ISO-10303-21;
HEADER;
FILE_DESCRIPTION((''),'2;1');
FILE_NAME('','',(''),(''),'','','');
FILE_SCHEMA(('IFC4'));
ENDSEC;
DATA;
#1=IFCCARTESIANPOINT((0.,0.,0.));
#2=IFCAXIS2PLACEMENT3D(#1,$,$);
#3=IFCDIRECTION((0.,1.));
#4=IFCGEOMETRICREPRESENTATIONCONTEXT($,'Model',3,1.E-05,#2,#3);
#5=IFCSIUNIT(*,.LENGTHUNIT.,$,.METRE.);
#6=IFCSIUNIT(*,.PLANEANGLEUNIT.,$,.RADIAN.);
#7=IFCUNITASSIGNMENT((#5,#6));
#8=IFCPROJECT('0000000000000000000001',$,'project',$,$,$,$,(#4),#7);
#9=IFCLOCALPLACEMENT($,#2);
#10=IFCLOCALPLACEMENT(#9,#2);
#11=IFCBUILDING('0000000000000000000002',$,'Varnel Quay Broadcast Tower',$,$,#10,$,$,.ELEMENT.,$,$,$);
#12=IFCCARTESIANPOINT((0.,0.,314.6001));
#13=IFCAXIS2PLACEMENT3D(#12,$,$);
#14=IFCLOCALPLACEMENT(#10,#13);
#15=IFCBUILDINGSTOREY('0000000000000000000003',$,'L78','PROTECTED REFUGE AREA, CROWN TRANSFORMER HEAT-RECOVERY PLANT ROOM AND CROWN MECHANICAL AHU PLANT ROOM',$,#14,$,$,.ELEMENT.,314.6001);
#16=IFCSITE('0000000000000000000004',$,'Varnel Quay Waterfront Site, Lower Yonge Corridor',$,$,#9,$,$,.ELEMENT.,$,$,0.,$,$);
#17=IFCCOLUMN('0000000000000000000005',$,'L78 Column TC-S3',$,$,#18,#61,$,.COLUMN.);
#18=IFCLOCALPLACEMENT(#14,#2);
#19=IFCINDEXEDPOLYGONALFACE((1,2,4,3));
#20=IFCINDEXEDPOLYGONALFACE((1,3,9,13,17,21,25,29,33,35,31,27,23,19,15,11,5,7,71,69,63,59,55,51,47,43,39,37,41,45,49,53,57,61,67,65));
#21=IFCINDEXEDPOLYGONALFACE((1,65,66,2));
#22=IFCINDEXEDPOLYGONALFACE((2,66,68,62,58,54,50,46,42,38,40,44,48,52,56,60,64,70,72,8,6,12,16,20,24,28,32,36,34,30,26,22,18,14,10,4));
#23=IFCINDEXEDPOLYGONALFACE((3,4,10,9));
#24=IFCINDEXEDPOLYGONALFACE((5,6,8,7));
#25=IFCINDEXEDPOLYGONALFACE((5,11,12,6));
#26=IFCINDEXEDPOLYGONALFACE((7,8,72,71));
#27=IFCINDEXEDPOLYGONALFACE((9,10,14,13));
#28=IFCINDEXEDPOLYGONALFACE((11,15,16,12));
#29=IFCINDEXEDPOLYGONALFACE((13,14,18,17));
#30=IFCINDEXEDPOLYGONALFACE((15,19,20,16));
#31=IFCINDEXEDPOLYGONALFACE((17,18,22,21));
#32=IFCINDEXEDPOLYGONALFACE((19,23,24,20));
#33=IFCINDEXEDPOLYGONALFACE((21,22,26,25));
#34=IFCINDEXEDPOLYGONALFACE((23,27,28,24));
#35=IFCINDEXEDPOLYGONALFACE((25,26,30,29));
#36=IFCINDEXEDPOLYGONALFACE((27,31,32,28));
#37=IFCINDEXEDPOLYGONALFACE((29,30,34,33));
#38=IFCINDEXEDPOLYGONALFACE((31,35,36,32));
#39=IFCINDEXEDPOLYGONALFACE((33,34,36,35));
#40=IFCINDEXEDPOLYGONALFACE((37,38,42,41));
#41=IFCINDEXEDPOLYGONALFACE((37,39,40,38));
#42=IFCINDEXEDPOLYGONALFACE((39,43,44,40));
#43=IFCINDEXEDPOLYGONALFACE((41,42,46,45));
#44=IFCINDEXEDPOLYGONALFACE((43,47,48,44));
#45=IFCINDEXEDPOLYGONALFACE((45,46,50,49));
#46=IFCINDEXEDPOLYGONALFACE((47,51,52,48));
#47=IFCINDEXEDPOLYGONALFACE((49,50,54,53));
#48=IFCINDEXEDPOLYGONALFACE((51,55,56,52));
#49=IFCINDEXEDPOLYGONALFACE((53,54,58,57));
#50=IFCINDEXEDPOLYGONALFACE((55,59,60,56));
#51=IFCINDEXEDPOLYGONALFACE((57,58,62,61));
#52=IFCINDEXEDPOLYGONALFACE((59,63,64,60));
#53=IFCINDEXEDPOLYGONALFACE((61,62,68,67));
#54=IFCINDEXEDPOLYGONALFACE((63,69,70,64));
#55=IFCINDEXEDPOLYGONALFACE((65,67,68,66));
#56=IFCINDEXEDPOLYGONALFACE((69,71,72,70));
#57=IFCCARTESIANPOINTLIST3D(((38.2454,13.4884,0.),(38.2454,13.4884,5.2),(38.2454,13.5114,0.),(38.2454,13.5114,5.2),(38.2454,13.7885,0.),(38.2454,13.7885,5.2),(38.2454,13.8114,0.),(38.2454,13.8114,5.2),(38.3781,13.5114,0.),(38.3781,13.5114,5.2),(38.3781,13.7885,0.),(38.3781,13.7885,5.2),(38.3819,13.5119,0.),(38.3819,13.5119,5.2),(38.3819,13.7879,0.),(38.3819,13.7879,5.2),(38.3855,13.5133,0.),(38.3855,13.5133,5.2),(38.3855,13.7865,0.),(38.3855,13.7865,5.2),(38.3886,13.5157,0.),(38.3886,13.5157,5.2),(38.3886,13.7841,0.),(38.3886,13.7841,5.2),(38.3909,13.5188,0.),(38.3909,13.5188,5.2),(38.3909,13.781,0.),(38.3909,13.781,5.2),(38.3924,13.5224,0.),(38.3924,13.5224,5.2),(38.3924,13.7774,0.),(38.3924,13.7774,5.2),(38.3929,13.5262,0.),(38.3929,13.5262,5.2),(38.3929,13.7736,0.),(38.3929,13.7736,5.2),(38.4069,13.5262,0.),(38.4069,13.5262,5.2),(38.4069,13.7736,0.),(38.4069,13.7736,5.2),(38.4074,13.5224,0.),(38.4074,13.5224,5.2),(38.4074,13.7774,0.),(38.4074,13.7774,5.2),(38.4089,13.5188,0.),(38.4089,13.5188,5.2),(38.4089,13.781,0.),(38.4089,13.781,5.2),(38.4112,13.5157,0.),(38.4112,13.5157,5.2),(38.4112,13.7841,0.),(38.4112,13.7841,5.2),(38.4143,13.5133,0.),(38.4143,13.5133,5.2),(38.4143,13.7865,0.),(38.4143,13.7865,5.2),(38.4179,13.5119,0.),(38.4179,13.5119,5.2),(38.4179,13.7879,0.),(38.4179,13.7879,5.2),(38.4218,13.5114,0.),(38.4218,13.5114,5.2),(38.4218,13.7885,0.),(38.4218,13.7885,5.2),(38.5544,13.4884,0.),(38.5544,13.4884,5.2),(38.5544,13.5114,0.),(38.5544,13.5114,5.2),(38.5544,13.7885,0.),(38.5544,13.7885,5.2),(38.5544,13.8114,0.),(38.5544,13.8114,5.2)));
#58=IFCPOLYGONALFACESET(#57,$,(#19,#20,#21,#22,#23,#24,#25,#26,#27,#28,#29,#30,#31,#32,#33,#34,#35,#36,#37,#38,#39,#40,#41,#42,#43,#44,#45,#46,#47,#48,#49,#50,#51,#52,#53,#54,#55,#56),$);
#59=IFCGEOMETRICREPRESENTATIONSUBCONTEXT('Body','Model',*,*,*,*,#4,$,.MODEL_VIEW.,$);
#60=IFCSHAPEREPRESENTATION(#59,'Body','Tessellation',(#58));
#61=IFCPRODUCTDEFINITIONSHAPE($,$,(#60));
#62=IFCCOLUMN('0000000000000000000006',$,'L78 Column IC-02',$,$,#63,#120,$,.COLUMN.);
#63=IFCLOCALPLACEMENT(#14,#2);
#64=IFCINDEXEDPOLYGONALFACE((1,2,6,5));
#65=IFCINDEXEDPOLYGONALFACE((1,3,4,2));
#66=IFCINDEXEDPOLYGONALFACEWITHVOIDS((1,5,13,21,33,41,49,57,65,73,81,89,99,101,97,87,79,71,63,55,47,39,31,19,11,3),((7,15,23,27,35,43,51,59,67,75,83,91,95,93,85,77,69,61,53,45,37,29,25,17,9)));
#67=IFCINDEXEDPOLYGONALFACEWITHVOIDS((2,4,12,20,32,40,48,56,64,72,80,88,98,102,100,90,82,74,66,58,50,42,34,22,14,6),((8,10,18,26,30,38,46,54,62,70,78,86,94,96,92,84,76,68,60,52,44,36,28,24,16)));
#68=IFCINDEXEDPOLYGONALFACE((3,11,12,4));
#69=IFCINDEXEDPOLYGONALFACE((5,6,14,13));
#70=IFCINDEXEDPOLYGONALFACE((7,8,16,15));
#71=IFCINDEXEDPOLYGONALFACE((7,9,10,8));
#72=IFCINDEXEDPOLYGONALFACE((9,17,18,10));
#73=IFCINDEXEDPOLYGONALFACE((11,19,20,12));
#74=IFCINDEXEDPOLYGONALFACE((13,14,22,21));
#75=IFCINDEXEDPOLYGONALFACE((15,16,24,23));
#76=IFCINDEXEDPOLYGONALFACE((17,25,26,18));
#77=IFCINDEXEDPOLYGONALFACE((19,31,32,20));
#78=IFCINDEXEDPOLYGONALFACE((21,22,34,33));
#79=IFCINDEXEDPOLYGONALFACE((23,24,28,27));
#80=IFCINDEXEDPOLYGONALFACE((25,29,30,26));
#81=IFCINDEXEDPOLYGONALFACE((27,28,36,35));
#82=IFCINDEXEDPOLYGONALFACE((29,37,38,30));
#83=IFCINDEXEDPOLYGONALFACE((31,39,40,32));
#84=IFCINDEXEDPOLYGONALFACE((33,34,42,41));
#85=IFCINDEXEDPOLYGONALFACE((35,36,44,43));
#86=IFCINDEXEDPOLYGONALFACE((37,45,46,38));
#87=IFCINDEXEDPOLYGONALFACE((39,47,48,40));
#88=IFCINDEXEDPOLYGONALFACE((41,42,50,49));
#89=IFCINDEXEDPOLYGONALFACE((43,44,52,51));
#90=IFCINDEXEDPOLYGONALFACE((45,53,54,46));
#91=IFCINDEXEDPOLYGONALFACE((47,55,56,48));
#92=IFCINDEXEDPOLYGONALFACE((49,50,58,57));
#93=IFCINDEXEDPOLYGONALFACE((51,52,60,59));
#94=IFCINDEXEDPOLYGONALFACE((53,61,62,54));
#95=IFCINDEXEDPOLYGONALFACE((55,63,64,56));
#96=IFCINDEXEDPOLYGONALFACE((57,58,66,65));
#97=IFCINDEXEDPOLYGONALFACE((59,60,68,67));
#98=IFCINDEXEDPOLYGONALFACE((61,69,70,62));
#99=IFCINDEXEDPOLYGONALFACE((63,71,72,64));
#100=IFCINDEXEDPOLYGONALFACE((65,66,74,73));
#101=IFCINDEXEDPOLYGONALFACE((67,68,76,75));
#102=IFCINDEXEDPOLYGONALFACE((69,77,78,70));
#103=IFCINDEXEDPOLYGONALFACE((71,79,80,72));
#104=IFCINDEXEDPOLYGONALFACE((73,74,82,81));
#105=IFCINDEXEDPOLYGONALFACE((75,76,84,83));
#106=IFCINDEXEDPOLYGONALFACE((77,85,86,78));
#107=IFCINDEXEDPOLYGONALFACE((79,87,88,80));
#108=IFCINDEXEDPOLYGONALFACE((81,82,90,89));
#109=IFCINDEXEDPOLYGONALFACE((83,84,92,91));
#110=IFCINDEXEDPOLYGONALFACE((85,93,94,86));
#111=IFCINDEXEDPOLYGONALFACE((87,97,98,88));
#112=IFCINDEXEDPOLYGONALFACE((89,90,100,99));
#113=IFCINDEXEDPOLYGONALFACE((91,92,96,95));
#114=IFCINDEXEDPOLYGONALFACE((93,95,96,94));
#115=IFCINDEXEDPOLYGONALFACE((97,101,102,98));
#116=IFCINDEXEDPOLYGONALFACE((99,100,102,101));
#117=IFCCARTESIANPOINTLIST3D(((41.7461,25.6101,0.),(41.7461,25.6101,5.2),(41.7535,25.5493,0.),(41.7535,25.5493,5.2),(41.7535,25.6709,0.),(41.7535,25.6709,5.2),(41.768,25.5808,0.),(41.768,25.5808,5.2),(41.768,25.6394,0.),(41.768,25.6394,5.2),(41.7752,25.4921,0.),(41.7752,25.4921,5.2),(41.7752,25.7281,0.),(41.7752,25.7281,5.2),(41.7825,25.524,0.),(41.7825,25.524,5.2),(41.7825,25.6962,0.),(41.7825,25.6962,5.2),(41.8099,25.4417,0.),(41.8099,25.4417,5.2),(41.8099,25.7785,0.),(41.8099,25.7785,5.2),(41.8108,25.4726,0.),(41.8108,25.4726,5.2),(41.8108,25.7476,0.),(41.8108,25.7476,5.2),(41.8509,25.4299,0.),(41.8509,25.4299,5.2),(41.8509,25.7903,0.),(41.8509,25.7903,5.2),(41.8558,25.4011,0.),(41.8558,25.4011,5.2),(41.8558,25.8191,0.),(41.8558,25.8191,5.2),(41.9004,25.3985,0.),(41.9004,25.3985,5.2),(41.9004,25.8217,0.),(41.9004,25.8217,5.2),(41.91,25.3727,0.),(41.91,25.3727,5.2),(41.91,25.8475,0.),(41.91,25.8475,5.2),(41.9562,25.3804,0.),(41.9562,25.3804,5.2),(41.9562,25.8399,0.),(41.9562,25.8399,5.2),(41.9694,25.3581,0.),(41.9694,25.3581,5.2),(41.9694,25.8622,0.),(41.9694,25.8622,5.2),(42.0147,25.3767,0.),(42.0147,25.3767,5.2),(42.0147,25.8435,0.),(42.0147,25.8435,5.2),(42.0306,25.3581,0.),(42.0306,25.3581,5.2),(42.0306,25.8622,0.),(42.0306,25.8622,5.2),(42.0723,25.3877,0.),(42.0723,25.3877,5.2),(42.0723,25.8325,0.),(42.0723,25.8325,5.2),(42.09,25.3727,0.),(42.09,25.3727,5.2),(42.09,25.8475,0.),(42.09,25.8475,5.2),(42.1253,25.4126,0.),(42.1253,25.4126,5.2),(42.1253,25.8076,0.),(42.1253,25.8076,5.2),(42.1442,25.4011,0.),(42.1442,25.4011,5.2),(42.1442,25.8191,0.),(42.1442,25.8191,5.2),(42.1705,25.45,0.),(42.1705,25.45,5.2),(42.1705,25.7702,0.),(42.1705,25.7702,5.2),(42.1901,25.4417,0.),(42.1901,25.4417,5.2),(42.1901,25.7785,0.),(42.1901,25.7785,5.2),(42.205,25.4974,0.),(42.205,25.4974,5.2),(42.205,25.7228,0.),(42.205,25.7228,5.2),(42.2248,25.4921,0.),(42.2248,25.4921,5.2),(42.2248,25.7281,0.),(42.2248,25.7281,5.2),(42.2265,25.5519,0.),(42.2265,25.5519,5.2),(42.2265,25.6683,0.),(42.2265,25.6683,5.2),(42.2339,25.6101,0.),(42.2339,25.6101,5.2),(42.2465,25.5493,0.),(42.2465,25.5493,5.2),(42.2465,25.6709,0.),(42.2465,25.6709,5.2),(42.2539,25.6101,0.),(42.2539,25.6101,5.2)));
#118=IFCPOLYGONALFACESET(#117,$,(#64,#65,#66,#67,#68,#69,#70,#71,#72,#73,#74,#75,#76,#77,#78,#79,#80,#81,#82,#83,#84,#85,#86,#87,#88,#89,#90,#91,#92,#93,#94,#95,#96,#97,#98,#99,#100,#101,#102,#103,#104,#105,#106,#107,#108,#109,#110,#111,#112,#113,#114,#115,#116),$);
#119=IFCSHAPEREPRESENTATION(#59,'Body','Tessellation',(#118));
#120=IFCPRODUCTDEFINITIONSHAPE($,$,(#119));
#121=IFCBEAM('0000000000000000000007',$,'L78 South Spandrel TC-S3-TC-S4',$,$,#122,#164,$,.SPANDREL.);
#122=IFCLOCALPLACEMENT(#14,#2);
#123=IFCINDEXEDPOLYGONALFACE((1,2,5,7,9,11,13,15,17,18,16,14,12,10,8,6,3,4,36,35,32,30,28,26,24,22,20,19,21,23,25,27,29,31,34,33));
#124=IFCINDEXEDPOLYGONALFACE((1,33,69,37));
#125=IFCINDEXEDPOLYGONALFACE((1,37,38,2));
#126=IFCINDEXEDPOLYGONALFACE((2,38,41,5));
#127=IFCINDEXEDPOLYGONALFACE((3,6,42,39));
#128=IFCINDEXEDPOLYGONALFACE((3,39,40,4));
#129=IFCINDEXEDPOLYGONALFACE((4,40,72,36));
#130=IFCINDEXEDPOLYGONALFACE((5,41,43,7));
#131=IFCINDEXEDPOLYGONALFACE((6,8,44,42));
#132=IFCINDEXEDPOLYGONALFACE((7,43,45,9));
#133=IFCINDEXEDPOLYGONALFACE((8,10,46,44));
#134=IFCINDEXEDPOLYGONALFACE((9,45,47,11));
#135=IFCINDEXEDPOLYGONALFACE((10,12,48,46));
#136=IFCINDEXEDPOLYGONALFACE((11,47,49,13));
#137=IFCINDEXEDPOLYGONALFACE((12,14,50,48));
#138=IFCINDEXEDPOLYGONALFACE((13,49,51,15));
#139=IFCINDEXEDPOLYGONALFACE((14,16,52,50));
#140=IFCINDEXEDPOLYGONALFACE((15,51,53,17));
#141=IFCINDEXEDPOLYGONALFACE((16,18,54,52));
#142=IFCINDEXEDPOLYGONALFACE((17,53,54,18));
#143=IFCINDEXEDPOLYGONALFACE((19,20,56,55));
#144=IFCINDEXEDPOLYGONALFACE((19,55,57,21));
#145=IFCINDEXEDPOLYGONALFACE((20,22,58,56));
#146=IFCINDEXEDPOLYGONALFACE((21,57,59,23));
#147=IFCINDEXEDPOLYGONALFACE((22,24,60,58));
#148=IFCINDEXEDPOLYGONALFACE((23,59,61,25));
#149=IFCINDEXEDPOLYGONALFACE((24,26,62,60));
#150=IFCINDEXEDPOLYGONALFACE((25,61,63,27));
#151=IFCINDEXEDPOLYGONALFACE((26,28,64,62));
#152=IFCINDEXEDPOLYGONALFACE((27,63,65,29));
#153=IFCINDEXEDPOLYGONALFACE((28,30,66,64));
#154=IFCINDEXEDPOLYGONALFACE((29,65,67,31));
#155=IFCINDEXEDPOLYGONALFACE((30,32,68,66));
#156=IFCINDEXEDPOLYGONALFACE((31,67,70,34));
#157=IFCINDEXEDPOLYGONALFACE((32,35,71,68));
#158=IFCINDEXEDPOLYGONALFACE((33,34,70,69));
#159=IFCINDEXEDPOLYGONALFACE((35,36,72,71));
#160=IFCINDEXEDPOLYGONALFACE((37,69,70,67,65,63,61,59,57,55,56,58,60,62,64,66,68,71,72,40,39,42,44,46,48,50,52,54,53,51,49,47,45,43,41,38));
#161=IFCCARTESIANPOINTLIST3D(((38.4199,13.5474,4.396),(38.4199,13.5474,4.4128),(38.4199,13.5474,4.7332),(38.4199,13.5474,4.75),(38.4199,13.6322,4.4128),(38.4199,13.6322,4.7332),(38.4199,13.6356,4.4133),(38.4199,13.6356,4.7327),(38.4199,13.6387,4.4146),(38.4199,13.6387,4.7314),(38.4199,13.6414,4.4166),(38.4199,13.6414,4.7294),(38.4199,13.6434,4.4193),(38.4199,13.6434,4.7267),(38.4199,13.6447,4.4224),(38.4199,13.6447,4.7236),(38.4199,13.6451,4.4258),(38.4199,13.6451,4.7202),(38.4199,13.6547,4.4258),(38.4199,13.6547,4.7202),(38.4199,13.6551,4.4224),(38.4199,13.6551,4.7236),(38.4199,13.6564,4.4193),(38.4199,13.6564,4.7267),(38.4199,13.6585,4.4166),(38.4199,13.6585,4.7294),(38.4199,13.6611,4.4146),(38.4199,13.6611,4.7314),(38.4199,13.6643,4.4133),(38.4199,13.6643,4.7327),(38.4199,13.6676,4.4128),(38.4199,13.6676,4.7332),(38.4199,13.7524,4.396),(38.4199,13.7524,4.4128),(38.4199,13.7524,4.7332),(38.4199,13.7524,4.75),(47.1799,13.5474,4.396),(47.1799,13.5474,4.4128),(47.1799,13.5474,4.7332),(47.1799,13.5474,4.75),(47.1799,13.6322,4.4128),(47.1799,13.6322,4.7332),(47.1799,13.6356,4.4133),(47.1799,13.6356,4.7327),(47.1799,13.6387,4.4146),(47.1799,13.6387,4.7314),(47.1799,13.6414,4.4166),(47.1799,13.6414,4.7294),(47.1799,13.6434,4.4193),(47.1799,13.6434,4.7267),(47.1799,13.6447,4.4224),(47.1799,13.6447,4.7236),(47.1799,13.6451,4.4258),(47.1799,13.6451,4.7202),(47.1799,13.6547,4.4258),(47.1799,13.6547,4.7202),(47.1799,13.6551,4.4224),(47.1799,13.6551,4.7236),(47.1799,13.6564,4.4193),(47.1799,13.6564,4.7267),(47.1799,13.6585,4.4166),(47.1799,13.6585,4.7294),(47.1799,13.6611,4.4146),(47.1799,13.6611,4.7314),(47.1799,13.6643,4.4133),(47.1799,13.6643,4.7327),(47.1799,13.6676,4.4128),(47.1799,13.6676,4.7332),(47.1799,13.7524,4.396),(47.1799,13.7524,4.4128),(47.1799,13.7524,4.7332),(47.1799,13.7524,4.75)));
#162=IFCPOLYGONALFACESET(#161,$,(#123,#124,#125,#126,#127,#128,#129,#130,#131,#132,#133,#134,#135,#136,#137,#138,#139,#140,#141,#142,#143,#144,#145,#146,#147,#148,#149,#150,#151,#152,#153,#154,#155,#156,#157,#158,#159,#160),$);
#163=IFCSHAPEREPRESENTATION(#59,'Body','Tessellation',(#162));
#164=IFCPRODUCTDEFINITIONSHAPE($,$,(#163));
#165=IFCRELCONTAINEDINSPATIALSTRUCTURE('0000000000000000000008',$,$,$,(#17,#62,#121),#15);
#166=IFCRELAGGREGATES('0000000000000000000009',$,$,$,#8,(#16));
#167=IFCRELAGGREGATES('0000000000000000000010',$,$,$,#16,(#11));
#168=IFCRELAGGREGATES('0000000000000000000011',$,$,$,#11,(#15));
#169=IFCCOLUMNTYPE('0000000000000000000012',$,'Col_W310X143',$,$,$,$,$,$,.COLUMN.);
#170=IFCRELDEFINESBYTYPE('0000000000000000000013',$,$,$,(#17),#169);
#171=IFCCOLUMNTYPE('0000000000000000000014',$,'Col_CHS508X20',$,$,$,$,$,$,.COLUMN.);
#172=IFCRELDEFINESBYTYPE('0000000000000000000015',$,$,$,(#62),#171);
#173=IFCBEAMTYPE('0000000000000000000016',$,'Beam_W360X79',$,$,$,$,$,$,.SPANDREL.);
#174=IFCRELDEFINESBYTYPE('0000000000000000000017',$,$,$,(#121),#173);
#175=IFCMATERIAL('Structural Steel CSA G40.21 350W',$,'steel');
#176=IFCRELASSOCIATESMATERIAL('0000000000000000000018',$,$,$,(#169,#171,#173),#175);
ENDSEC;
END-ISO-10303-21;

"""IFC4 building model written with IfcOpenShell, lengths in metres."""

from ifc_helpers import new_model, si_unit, direction, frame, origin, origin_2d, place, context, subcontext, project, spatial, hollow_circle, i_section, extrude, source, transform, mapped, material, material_profile, profile_set, type_object, type_shapes, element, save


model = new_model("IFC4")

# Units and contexts
model_context = context("Model", 3, precision=1e-05, world=origin(), true_north=direction((0.0, 1.0)))
body_context = subcontext(model_context, "Body", "Model", "MODEL_VIEW")
ifc_project = project(units=[si_unit("LENGTHUNIT", "METRE"), si_unit("PLANEANGLEUNIT", "RADIAN")], contexts=[model_context])

# Site, building, storey
site_placement = place(None, origin())
site = spatial("IfcSite", under=ifc_project, at=site_placement, Name="Varnel Quay Waterfront Site, Lower Yonge Corridor", CompositionType="ELEMENT", RefElevation=0.0)
building_placement = place(site_placement, origin())
building = spatial("IfcBuilding", under=site, at=building_placement, Name="Varnel Quay Broadcast Tower", CompositionType="ELEMENT")
storey_placement = place(building_placement, frame((0.0, 0.0, 314.6001)))
storey = spatial("IfcBuildingStorey", under=building, at=storey_placement, Name="L78", Description="PROTECTED REFUGE AREA, CROWN TRANSFORMER HEAT-RECOVERY PLANT ROOM AND CROWN MECHANICAL AHU PLANT ROOM", CompositionType="ELEMENT", Elevation=314.6001)

# Columns
ifc_material_1 = material(Name="Structural Steel CSA G40.21 350W", Category="steel")
ifc_material_profile_1 = material_profile(ifc_material_1, i_section(OverallWidth=0.3091, OverallDepth=0.323, WebThickness=0.0139, FlangeThickness=0.0229, FilletRadius=0.0149, at=origin_2d()), Name="W310X143")
ifc_profile_set_1 = profile_set([ifc_material_profile_1], Name="Structural Steel CSA G40.21 350W")
column_type_1 = type_object("IfcColumnType", Name="Col_W310X143", PredefinedType="COLUMN", material=ifc_profile_set_1)
shared_shape_1 = source(origin(), body_context, "Body", "SweptSolid", [
    extrude(i_section(OverallWidth=0.3091, OverallDepth=0.323, WebThickness=0.0139, FlangeThickness=0.0229, FilletRadius=0.0149, at=origin_2d()), origin(), (0.0, 0.0, 1.0), 5.2),
])
type_shapes(column_type_1, [shared_shape_1])
column_1_placement = place(storey_placement, frame((38.3999, 13.6499, 0.0), z_axis=(0.0, 0.0, 1.0), x_axis=(1.0, 0.0, 0.0)))
element("IfcColumn", 1, at=column_1_placement, inside=storey, type_object=column_type_1, Name="L78 Column TC-S3", PredefinedType="COLUMN", context=body_context, shape_type="MappedRepresentation", body=[
    mapped(shared_shape_1, transform((0.0, 0.0, 0.0), x_axis=(1.0, 0.0, 0.0), y_axis=(0.0, 1.0, 0.0), z_axis=(0.0, 0.0, 1.0), scale=1.0)),
])
ifc_material_profile_2 = material_profile(ifc_material_1, hollow_circle(Radius=0.2539, WallThickness=0.02, at=origin_2d()), Name="CHS508X20")
ifc_profile_set_2 = profile_set([ifc_material_profile_2], Name="Structural Steel CSA G40.21 350W")
column_type_2 = type_object("IfcColumnType", Name="Col_CHS508X20", PredefinedType="COLUMN", material=ifc_profile_set_2)
shared_shape_2 = source(origin(), body_context, "Body", "SweptSolid", [
    extrude(hollow_circle(Radius=0.2539, WallThickness=0.02, at=origin_2d()), origin(), (0.0, 0.0, 1.0), 5.2),
])
type_shapes(column_type_2, [shared_shape_2])
column_2_placement = place(storey_placement, frame((42.0, 25.6101, 0.0), z_axis=(0.0, 0.0, 1.0), x_axis=(1.0, 0.0, 0.0)))
element("IfcColumn", 2, at=column_2_placement, inside=storey, type_object=column_type_2, Name="L78 Column IC-02", PredefinedType="COLUMN", context=body_context, shape_type="MappedRepresentation", body=[
    mapped(shared_shape_2, transform((0.0, 0.0, 0.0), x_axis=(1.0, 0.0, 0.0), y_axis=(0.0, 1.0, 0.0), z_axis=(0.0, 0.0, 1.0), scale=1.0)),
])

# Beam
ifc_material_profile_3 = material_profile(ifc_material_1, i_section(OverallWidth=0.2051, OverallDepth=0.354, WebThickness=0.0095, FlangeThickness=0.0168, FilletRadius=0.0129, at=origin_2d()), Name="W360X79")
ifc_profile_set_3 = profile_set([ifc_material_profile_3], Name="Structural Steel CSA G40.21 350W")
beam_type_1 = type_object("IfcBeamType", Name="Beam_W360X79", PredefinedType="SPANDREL", material=ifc_profile_set_3)
shared_shape_3 = source(origin(), body_context, "Body", "SweptSolid", [
    extrude(i_section(OverallWidth=0.2051, OverallDepth=0.354, WebThickness=0.0095, FlangeThickness=0.0168, FilletRadius=0.0129, at=origin_2d()), origin(), (0.0, 0.0, 1.0), 8.76),
])
type_shapes(beam_type_1, [shared_shape_3])
beam_1_placement = place(storey_placement, frame((38.4199, 13.6499, 4.573), z_axis=(1.0, 0.0, 0.0), x_axis=(0.0, 1.0, 0.0)))
element("IfcBeam", 3, at=beam_1_placement, inside=storey, type_object=beam_type_1, Name="L78 South Spandrel TC-S3-TC-S4", PredefinedType="SPANDREL", context=body_context, shape_type="MappedRepresentation", body=[
    mapped(shared_shape_3, transform((0.0, 0.0, 0.0), x_axis=(1.0, 0.0, 0.0), y_axis=(0.0, 1.0, 0.0), z_axis=(0.0, 0.0, 1.0), scale=1.0)),
])

save(model, "model.ifc")
